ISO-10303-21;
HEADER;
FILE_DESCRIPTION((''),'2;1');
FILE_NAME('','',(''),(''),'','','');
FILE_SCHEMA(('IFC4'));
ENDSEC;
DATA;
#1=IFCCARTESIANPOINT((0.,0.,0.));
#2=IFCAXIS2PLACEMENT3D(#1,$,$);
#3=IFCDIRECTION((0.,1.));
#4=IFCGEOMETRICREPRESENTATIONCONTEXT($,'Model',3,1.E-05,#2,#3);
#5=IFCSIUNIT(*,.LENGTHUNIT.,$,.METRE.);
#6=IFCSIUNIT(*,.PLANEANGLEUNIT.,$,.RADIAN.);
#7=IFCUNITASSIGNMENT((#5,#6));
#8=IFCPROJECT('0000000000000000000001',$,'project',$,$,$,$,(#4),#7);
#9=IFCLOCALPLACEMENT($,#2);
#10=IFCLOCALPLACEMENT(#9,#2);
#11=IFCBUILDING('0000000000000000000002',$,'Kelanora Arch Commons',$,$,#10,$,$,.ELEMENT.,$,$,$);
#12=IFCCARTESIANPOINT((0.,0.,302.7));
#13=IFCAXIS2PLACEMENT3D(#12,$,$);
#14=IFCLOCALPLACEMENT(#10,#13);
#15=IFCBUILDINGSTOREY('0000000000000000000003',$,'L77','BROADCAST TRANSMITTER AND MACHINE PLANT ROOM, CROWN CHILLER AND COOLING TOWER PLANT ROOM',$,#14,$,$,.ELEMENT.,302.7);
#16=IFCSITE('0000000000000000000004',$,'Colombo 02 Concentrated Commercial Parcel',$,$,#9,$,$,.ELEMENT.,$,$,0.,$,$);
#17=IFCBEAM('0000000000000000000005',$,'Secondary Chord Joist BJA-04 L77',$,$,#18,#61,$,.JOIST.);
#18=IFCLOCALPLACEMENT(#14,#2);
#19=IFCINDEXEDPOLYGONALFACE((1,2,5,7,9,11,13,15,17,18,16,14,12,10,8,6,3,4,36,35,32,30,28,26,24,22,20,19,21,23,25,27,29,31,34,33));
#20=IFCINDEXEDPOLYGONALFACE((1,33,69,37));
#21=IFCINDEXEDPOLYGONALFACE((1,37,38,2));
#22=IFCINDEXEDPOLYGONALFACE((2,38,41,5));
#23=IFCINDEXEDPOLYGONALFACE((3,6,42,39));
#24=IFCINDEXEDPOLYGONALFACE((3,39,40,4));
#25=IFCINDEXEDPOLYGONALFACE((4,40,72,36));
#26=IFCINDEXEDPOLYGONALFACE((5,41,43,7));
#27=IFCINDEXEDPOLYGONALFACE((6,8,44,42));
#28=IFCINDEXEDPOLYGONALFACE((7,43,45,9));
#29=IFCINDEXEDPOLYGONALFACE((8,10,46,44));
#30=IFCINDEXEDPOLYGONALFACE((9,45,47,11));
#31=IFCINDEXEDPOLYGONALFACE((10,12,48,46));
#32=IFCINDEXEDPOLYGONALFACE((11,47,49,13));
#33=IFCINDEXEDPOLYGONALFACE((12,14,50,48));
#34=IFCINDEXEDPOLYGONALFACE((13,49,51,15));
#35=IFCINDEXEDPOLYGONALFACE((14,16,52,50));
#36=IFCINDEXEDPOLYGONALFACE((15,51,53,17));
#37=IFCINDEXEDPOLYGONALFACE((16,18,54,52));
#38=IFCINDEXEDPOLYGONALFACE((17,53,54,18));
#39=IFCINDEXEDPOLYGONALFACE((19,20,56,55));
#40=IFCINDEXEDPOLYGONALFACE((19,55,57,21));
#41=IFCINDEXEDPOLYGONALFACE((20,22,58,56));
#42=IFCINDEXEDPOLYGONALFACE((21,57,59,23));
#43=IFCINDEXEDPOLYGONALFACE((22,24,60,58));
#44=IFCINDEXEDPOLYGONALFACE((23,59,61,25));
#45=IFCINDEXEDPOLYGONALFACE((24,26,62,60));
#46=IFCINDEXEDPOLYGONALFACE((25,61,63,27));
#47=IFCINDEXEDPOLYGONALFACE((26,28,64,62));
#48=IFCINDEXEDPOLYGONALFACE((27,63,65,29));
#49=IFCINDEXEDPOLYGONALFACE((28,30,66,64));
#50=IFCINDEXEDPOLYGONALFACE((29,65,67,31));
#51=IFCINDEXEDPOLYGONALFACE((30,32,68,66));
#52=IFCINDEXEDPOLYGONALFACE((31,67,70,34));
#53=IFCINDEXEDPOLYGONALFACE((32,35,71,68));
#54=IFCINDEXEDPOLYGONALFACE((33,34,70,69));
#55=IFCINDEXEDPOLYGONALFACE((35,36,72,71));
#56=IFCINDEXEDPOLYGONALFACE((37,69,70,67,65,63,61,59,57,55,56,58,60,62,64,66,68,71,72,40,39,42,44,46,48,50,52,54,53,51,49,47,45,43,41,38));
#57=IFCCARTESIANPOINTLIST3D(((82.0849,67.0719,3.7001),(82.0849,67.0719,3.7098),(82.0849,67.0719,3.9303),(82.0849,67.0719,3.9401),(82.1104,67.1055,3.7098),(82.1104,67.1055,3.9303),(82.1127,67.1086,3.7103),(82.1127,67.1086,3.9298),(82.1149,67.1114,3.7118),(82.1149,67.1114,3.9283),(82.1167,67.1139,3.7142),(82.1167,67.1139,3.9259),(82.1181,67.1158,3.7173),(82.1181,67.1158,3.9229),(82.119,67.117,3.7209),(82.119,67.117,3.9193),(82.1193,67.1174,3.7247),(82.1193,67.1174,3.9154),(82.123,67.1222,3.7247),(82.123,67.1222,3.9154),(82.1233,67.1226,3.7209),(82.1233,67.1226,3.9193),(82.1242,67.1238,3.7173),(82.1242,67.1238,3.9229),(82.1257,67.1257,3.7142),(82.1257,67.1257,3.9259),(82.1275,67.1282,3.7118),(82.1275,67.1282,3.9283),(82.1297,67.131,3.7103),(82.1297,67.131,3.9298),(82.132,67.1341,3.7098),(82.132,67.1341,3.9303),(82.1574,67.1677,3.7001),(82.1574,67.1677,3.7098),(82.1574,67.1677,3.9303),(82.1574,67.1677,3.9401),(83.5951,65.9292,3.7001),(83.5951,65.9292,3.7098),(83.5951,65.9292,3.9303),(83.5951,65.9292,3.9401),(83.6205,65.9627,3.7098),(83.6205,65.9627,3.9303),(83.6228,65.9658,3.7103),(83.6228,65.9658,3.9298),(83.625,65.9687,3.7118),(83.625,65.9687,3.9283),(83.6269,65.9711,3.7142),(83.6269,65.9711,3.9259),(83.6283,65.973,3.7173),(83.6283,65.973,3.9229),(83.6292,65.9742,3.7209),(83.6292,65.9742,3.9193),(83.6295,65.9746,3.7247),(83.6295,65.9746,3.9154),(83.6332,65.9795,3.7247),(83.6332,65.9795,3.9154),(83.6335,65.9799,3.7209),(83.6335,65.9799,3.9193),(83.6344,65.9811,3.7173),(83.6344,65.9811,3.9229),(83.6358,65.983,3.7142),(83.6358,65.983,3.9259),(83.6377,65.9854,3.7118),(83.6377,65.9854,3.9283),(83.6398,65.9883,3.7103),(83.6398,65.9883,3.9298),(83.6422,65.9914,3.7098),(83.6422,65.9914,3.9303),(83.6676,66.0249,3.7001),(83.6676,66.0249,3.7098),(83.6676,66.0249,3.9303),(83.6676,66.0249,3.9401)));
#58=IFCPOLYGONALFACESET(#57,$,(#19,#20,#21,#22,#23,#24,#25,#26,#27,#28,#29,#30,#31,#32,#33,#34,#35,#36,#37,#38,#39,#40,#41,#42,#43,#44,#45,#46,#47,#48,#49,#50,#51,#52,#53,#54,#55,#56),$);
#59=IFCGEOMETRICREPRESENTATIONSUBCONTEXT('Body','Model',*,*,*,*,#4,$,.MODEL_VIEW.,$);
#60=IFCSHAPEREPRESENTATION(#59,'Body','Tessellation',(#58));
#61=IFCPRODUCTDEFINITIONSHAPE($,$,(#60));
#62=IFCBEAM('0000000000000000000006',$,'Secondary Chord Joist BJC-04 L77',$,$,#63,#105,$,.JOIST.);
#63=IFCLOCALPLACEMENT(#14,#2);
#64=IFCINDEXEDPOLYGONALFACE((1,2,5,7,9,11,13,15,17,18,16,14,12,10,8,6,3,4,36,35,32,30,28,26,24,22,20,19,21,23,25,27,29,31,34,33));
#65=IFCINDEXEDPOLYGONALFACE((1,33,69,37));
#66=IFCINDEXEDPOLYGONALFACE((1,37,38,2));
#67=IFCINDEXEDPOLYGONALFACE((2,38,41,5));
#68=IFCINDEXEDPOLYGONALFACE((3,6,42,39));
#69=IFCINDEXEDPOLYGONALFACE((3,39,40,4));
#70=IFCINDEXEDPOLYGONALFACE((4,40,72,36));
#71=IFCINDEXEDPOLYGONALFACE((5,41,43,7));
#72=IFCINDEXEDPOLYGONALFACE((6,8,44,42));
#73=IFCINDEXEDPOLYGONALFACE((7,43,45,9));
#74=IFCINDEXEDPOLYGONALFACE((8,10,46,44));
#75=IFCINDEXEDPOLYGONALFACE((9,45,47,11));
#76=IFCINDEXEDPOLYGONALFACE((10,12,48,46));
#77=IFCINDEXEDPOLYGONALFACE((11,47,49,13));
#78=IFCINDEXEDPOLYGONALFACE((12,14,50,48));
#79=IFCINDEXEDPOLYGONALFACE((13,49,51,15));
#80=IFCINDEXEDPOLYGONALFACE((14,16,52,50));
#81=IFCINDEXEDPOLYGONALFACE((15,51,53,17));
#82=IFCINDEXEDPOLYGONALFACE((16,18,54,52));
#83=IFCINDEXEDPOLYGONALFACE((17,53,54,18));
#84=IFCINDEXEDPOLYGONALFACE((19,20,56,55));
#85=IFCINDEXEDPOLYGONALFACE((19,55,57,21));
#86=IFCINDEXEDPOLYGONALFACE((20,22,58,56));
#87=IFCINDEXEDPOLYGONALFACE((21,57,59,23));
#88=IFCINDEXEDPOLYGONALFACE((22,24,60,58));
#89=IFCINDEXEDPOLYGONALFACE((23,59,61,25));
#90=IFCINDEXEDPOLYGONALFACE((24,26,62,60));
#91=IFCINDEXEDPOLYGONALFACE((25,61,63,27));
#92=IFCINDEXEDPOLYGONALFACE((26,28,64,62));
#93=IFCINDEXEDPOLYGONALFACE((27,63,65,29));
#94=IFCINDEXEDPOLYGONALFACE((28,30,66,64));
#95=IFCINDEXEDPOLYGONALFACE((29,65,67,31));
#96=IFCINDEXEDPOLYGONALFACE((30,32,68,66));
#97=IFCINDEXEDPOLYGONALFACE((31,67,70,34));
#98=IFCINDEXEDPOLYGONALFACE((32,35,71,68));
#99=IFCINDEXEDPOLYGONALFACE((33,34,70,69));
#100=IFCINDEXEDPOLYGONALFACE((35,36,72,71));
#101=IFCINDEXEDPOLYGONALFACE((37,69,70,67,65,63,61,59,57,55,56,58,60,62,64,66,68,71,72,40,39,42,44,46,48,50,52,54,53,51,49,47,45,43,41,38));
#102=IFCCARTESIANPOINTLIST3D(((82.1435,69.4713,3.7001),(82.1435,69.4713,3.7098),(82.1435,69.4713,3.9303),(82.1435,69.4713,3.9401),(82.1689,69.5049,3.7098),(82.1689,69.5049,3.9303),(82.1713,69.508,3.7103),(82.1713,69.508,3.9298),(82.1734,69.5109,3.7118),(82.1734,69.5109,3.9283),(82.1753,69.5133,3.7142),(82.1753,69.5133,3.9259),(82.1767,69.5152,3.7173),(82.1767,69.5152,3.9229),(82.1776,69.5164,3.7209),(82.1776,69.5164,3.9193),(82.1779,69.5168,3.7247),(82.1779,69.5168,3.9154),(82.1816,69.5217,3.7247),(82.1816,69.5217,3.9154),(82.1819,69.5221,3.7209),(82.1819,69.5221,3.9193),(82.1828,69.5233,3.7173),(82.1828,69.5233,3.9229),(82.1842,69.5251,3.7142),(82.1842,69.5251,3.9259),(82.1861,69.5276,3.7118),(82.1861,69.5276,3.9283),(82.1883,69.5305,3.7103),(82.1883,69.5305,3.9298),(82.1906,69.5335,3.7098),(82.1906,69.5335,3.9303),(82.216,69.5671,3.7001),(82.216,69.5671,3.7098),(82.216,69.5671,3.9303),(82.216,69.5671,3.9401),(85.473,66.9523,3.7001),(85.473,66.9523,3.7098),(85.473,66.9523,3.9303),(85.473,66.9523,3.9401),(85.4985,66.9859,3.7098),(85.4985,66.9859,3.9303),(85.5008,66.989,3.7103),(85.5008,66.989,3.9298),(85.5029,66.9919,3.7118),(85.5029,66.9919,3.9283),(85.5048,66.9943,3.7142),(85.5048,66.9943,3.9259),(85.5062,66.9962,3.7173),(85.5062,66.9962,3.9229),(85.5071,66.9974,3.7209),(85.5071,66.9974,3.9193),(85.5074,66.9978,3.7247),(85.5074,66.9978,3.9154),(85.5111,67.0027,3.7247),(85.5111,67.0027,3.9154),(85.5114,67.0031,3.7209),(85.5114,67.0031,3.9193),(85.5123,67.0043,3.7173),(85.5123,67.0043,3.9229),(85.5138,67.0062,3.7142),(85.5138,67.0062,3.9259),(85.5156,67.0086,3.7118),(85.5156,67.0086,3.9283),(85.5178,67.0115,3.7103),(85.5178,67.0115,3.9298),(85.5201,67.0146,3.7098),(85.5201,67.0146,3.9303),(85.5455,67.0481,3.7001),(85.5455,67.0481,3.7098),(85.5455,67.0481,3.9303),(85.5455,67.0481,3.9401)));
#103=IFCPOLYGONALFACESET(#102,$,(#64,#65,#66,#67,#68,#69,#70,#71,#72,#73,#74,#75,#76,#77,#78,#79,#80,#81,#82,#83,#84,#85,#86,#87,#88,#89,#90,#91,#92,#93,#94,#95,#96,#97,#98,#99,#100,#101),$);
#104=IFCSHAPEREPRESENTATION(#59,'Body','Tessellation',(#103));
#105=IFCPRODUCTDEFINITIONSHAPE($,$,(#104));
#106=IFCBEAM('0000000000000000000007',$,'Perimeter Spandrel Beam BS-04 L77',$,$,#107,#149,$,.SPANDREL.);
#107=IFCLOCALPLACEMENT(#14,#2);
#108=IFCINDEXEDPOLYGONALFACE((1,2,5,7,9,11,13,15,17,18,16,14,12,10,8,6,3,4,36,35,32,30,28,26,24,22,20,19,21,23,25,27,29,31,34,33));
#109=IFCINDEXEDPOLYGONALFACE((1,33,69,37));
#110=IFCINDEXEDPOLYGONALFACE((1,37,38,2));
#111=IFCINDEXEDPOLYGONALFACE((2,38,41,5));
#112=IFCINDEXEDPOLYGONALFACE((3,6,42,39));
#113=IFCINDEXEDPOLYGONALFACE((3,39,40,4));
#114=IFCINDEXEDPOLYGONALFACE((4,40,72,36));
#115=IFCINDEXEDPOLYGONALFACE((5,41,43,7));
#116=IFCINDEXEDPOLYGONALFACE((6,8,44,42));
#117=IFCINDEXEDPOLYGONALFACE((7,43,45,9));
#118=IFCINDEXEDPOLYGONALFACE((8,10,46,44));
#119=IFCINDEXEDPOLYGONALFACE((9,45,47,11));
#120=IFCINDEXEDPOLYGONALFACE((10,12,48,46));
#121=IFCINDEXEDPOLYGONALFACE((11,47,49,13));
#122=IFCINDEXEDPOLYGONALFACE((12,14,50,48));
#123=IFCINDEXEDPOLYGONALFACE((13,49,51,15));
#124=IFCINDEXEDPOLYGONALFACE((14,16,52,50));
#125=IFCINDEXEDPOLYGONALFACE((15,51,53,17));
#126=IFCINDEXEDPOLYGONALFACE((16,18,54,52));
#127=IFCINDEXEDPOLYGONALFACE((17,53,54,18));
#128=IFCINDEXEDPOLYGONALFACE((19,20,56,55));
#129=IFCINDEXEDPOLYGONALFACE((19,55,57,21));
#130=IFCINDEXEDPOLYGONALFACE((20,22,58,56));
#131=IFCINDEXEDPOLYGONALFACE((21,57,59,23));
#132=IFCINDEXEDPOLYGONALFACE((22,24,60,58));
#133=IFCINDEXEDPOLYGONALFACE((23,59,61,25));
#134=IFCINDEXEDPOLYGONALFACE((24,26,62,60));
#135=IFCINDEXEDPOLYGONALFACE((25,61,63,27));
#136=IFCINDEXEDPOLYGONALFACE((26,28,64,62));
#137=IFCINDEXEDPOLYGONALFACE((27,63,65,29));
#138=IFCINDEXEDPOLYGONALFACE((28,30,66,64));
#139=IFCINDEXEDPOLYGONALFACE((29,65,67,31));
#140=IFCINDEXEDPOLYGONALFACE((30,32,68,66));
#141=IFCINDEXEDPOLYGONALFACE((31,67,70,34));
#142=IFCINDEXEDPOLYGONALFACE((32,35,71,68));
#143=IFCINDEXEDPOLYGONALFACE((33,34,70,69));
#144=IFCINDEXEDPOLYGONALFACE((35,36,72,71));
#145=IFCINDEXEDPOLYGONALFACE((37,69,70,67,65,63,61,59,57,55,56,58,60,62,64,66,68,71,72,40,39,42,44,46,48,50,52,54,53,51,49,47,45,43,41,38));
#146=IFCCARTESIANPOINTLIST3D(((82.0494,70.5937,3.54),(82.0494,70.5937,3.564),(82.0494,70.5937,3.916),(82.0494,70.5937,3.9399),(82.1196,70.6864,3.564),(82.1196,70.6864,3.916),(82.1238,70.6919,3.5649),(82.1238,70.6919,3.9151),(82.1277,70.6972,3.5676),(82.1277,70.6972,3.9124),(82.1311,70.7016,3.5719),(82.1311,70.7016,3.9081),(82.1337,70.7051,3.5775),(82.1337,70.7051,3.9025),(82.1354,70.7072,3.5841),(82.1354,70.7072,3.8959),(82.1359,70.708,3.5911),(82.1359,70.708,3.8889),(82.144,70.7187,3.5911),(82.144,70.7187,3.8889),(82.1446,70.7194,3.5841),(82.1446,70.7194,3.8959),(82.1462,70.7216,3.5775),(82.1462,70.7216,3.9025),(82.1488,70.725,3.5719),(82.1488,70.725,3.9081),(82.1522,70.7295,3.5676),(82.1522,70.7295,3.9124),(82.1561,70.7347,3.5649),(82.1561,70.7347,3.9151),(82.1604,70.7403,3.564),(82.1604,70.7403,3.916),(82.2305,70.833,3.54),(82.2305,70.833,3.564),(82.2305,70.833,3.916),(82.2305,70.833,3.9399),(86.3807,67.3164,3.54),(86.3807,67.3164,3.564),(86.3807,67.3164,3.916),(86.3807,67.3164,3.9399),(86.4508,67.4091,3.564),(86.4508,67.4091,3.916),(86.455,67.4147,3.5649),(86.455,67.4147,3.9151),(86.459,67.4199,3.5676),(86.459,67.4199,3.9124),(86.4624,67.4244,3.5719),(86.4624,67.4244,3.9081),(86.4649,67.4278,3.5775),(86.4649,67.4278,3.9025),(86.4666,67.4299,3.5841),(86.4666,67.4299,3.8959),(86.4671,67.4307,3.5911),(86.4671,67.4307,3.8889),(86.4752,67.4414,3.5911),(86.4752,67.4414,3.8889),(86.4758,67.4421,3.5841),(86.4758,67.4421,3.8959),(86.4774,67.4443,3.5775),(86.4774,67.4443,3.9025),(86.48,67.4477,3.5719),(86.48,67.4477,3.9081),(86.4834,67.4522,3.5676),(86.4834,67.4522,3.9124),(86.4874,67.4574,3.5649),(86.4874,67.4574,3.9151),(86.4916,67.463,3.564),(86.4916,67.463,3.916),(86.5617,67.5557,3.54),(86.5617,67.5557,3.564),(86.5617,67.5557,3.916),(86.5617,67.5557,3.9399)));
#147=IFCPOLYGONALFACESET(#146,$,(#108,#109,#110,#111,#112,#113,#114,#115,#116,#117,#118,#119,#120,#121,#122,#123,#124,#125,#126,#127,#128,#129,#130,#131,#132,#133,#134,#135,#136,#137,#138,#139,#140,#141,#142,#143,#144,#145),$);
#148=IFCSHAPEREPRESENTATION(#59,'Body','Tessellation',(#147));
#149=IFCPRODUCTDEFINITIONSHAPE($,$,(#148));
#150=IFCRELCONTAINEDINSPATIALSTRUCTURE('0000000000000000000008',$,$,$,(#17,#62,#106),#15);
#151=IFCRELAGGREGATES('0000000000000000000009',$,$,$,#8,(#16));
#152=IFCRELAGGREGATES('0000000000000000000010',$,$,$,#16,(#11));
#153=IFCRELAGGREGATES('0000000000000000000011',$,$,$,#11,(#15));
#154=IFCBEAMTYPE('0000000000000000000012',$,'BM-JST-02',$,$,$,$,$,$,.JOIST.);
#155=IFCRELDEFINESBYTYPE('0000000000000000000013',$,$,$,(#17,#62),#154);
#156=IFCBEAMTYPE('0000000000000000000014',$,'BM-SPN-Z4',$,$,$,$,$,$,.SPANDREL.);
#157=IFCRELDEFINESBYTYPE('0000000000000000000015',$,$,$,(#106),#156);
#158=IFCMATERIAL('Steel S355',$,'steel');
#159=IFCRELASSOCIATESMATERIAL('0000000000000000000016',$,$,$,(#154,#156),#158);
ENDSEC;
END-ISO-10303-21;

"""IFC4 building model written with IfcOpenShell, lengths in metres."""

from ifc_helpers import new_model, si_unit, direction, frame, origin, origin_2d, place, context, subcontext, project, spatial, i_section, extrude, material, material_profile, profile_set, type_object, element, save


model = new_model("IFC4")

# Units and contexts
model_context = context("Model", 3, precision=1e-05, world=origin(), true_north=direction((0.0, 1.0)))
body_context = subcontext(model_context, "Body", "Model", "MODEL_VIEW")
ifc_project = project(units=[si_unit("LENGTHUNIT", "METRE"), si_unit("PLANEANGLEUNIT", "RADIAN")], contexts=[model_context])

# Site, building, storey
site_placement = place(None, origin())
site = spatial("IfcSite", under=ifc_project, at=site_placement, Name="Colombo 02 Concentrated Commercial Parcel", CompositionType="ELEMENT", RefElevation=0.0)
building_placement = place(site_placement, origin())
building = spatial("IfcBuilding", under=site, at=building_placement, Name="Kelanora Arch Commons", CompositionType="ELEMENT")
storey_placement = place(building_placement, frame((0.0, 0.0, 302.7)))
storey = spatial("IfcBuildingStorey", under=building, at=storey_placement, Name="L77", Description="BROADCAST TRANSMITTER AND MACHINE PLANT ROOM, CROWN CHILLER AND COOLING TOWER PLANT ROOM", CompositionType="ELEMENT", Elevation=302.7)

# Beams
ifc_material_1 = material(Name="Steel S355", Category="steel")
ifc_material_profile_1 = material_profile(ifc_material_1, i_section(OverallWidth=0.1201, OverallDepth=0.24, WebThickness=0.0061, FlangeThickness=0.0098, FilletRadius=0.0149, at=origin_2d()), Name="IPE240")
ifc_profile_set_1 = profile_set([ifc_material_profile_1], Name="Steel S355")
beam_type_1 = type_object("IfcBeamType", Name="BM-JST-02", PredefinedType="JOIST", material=ifc_profile_set_1)
beam_1_placement = place(storey_placement, frame((83.6313, 65.9771, 3.8201), z_axis=(-0.797425, 0.603418, 0.0), x_axis=(-0.603418, -0.797425, 0.0)))
element("IfcBeam", 1, at=beam_1_placement, inside=storey, type_object=beam_type_1, Name="Secondary Chord Joist BJA-04 L77", PredefinedType="JOIST", context=body_context, shape_type="SweptSolid", body=[
    extrude(i_section(OverallWidth=0.1201, OverallDepth=0.24, WebThickness=0.0061, FlangeThickness=0.0098, FilletRadius=0.0149, at=origin_2d()), origin(), (0.0, 0.0, 1.0), 1.8938),
])
beam_2_placement = place(storey_placement, frame((85.5093, 67.0002, 3.8201), z_axis=(-0.797481, 0.603344, 0.0), x_axis=(-0.603344, -0.797481, 0.0)))
element("IfcBeam", 2, at=beam_2_placement, inside=storey, type_object=beam_type_1, Name="Secondary Chord Joist BJC-04 L77", PredefinedType="JOIST", context=body_context, shape_type="SweptSolid", body=[
    extrude(i_section(OverallWidth=0.1201, OverallDepth=0.24, WebThickness=0.0061, FlangeThickness=0.0098, FilletRadius=0.0149, at=origin_2d()), origin(), (0.0, 0.0, 1.0), 4.175),
])
ifc_material_profile_2 = material_profile(ifc_material_1, i_section(OverallWidth=0.3, OverallDepth=0.3999, WebThickness=0.0134, FlangeThickness=0.0239, FilletRadius=0.0271, at=origin_2d()), Name="HEB400")
ifc_profile_set_2 = profile_set([ifc_material_profile_2], Name="Steel S355")
beam_type_2 = type_object("IfcBeamType", Name="BM-SPN-Z4", PredefinedType="SPANDREL", material=ifc_profile_set_2)
beam_3_placement = place(storey_placement, frame((86.4712, 67.436, 3.74), z_axis=(-0.797441, 0.603396, 0.0), x_axis=(-0.603396, -0.797441, 0.0)))
element("IfcBeam", 3, at=beam_3_placement, inside=storey, type_object=beam_type_2, Name="Perimeter Spandrel Beam BS-04 L77", PredefinedType="SPANDREL", context=body_context, shape_type="SweptSolid", body=[
    extrude(i_section(OverallWidth=0.3, OverallDepth=0.3999, WebThickness=0.0134, FlangeThickness=0.0239, FilletRadius=0.0271, at=origin_2d()), origin(), (0.0, 0.0, 1.0), 5.4314),
])

save(model, "model.ifc")
